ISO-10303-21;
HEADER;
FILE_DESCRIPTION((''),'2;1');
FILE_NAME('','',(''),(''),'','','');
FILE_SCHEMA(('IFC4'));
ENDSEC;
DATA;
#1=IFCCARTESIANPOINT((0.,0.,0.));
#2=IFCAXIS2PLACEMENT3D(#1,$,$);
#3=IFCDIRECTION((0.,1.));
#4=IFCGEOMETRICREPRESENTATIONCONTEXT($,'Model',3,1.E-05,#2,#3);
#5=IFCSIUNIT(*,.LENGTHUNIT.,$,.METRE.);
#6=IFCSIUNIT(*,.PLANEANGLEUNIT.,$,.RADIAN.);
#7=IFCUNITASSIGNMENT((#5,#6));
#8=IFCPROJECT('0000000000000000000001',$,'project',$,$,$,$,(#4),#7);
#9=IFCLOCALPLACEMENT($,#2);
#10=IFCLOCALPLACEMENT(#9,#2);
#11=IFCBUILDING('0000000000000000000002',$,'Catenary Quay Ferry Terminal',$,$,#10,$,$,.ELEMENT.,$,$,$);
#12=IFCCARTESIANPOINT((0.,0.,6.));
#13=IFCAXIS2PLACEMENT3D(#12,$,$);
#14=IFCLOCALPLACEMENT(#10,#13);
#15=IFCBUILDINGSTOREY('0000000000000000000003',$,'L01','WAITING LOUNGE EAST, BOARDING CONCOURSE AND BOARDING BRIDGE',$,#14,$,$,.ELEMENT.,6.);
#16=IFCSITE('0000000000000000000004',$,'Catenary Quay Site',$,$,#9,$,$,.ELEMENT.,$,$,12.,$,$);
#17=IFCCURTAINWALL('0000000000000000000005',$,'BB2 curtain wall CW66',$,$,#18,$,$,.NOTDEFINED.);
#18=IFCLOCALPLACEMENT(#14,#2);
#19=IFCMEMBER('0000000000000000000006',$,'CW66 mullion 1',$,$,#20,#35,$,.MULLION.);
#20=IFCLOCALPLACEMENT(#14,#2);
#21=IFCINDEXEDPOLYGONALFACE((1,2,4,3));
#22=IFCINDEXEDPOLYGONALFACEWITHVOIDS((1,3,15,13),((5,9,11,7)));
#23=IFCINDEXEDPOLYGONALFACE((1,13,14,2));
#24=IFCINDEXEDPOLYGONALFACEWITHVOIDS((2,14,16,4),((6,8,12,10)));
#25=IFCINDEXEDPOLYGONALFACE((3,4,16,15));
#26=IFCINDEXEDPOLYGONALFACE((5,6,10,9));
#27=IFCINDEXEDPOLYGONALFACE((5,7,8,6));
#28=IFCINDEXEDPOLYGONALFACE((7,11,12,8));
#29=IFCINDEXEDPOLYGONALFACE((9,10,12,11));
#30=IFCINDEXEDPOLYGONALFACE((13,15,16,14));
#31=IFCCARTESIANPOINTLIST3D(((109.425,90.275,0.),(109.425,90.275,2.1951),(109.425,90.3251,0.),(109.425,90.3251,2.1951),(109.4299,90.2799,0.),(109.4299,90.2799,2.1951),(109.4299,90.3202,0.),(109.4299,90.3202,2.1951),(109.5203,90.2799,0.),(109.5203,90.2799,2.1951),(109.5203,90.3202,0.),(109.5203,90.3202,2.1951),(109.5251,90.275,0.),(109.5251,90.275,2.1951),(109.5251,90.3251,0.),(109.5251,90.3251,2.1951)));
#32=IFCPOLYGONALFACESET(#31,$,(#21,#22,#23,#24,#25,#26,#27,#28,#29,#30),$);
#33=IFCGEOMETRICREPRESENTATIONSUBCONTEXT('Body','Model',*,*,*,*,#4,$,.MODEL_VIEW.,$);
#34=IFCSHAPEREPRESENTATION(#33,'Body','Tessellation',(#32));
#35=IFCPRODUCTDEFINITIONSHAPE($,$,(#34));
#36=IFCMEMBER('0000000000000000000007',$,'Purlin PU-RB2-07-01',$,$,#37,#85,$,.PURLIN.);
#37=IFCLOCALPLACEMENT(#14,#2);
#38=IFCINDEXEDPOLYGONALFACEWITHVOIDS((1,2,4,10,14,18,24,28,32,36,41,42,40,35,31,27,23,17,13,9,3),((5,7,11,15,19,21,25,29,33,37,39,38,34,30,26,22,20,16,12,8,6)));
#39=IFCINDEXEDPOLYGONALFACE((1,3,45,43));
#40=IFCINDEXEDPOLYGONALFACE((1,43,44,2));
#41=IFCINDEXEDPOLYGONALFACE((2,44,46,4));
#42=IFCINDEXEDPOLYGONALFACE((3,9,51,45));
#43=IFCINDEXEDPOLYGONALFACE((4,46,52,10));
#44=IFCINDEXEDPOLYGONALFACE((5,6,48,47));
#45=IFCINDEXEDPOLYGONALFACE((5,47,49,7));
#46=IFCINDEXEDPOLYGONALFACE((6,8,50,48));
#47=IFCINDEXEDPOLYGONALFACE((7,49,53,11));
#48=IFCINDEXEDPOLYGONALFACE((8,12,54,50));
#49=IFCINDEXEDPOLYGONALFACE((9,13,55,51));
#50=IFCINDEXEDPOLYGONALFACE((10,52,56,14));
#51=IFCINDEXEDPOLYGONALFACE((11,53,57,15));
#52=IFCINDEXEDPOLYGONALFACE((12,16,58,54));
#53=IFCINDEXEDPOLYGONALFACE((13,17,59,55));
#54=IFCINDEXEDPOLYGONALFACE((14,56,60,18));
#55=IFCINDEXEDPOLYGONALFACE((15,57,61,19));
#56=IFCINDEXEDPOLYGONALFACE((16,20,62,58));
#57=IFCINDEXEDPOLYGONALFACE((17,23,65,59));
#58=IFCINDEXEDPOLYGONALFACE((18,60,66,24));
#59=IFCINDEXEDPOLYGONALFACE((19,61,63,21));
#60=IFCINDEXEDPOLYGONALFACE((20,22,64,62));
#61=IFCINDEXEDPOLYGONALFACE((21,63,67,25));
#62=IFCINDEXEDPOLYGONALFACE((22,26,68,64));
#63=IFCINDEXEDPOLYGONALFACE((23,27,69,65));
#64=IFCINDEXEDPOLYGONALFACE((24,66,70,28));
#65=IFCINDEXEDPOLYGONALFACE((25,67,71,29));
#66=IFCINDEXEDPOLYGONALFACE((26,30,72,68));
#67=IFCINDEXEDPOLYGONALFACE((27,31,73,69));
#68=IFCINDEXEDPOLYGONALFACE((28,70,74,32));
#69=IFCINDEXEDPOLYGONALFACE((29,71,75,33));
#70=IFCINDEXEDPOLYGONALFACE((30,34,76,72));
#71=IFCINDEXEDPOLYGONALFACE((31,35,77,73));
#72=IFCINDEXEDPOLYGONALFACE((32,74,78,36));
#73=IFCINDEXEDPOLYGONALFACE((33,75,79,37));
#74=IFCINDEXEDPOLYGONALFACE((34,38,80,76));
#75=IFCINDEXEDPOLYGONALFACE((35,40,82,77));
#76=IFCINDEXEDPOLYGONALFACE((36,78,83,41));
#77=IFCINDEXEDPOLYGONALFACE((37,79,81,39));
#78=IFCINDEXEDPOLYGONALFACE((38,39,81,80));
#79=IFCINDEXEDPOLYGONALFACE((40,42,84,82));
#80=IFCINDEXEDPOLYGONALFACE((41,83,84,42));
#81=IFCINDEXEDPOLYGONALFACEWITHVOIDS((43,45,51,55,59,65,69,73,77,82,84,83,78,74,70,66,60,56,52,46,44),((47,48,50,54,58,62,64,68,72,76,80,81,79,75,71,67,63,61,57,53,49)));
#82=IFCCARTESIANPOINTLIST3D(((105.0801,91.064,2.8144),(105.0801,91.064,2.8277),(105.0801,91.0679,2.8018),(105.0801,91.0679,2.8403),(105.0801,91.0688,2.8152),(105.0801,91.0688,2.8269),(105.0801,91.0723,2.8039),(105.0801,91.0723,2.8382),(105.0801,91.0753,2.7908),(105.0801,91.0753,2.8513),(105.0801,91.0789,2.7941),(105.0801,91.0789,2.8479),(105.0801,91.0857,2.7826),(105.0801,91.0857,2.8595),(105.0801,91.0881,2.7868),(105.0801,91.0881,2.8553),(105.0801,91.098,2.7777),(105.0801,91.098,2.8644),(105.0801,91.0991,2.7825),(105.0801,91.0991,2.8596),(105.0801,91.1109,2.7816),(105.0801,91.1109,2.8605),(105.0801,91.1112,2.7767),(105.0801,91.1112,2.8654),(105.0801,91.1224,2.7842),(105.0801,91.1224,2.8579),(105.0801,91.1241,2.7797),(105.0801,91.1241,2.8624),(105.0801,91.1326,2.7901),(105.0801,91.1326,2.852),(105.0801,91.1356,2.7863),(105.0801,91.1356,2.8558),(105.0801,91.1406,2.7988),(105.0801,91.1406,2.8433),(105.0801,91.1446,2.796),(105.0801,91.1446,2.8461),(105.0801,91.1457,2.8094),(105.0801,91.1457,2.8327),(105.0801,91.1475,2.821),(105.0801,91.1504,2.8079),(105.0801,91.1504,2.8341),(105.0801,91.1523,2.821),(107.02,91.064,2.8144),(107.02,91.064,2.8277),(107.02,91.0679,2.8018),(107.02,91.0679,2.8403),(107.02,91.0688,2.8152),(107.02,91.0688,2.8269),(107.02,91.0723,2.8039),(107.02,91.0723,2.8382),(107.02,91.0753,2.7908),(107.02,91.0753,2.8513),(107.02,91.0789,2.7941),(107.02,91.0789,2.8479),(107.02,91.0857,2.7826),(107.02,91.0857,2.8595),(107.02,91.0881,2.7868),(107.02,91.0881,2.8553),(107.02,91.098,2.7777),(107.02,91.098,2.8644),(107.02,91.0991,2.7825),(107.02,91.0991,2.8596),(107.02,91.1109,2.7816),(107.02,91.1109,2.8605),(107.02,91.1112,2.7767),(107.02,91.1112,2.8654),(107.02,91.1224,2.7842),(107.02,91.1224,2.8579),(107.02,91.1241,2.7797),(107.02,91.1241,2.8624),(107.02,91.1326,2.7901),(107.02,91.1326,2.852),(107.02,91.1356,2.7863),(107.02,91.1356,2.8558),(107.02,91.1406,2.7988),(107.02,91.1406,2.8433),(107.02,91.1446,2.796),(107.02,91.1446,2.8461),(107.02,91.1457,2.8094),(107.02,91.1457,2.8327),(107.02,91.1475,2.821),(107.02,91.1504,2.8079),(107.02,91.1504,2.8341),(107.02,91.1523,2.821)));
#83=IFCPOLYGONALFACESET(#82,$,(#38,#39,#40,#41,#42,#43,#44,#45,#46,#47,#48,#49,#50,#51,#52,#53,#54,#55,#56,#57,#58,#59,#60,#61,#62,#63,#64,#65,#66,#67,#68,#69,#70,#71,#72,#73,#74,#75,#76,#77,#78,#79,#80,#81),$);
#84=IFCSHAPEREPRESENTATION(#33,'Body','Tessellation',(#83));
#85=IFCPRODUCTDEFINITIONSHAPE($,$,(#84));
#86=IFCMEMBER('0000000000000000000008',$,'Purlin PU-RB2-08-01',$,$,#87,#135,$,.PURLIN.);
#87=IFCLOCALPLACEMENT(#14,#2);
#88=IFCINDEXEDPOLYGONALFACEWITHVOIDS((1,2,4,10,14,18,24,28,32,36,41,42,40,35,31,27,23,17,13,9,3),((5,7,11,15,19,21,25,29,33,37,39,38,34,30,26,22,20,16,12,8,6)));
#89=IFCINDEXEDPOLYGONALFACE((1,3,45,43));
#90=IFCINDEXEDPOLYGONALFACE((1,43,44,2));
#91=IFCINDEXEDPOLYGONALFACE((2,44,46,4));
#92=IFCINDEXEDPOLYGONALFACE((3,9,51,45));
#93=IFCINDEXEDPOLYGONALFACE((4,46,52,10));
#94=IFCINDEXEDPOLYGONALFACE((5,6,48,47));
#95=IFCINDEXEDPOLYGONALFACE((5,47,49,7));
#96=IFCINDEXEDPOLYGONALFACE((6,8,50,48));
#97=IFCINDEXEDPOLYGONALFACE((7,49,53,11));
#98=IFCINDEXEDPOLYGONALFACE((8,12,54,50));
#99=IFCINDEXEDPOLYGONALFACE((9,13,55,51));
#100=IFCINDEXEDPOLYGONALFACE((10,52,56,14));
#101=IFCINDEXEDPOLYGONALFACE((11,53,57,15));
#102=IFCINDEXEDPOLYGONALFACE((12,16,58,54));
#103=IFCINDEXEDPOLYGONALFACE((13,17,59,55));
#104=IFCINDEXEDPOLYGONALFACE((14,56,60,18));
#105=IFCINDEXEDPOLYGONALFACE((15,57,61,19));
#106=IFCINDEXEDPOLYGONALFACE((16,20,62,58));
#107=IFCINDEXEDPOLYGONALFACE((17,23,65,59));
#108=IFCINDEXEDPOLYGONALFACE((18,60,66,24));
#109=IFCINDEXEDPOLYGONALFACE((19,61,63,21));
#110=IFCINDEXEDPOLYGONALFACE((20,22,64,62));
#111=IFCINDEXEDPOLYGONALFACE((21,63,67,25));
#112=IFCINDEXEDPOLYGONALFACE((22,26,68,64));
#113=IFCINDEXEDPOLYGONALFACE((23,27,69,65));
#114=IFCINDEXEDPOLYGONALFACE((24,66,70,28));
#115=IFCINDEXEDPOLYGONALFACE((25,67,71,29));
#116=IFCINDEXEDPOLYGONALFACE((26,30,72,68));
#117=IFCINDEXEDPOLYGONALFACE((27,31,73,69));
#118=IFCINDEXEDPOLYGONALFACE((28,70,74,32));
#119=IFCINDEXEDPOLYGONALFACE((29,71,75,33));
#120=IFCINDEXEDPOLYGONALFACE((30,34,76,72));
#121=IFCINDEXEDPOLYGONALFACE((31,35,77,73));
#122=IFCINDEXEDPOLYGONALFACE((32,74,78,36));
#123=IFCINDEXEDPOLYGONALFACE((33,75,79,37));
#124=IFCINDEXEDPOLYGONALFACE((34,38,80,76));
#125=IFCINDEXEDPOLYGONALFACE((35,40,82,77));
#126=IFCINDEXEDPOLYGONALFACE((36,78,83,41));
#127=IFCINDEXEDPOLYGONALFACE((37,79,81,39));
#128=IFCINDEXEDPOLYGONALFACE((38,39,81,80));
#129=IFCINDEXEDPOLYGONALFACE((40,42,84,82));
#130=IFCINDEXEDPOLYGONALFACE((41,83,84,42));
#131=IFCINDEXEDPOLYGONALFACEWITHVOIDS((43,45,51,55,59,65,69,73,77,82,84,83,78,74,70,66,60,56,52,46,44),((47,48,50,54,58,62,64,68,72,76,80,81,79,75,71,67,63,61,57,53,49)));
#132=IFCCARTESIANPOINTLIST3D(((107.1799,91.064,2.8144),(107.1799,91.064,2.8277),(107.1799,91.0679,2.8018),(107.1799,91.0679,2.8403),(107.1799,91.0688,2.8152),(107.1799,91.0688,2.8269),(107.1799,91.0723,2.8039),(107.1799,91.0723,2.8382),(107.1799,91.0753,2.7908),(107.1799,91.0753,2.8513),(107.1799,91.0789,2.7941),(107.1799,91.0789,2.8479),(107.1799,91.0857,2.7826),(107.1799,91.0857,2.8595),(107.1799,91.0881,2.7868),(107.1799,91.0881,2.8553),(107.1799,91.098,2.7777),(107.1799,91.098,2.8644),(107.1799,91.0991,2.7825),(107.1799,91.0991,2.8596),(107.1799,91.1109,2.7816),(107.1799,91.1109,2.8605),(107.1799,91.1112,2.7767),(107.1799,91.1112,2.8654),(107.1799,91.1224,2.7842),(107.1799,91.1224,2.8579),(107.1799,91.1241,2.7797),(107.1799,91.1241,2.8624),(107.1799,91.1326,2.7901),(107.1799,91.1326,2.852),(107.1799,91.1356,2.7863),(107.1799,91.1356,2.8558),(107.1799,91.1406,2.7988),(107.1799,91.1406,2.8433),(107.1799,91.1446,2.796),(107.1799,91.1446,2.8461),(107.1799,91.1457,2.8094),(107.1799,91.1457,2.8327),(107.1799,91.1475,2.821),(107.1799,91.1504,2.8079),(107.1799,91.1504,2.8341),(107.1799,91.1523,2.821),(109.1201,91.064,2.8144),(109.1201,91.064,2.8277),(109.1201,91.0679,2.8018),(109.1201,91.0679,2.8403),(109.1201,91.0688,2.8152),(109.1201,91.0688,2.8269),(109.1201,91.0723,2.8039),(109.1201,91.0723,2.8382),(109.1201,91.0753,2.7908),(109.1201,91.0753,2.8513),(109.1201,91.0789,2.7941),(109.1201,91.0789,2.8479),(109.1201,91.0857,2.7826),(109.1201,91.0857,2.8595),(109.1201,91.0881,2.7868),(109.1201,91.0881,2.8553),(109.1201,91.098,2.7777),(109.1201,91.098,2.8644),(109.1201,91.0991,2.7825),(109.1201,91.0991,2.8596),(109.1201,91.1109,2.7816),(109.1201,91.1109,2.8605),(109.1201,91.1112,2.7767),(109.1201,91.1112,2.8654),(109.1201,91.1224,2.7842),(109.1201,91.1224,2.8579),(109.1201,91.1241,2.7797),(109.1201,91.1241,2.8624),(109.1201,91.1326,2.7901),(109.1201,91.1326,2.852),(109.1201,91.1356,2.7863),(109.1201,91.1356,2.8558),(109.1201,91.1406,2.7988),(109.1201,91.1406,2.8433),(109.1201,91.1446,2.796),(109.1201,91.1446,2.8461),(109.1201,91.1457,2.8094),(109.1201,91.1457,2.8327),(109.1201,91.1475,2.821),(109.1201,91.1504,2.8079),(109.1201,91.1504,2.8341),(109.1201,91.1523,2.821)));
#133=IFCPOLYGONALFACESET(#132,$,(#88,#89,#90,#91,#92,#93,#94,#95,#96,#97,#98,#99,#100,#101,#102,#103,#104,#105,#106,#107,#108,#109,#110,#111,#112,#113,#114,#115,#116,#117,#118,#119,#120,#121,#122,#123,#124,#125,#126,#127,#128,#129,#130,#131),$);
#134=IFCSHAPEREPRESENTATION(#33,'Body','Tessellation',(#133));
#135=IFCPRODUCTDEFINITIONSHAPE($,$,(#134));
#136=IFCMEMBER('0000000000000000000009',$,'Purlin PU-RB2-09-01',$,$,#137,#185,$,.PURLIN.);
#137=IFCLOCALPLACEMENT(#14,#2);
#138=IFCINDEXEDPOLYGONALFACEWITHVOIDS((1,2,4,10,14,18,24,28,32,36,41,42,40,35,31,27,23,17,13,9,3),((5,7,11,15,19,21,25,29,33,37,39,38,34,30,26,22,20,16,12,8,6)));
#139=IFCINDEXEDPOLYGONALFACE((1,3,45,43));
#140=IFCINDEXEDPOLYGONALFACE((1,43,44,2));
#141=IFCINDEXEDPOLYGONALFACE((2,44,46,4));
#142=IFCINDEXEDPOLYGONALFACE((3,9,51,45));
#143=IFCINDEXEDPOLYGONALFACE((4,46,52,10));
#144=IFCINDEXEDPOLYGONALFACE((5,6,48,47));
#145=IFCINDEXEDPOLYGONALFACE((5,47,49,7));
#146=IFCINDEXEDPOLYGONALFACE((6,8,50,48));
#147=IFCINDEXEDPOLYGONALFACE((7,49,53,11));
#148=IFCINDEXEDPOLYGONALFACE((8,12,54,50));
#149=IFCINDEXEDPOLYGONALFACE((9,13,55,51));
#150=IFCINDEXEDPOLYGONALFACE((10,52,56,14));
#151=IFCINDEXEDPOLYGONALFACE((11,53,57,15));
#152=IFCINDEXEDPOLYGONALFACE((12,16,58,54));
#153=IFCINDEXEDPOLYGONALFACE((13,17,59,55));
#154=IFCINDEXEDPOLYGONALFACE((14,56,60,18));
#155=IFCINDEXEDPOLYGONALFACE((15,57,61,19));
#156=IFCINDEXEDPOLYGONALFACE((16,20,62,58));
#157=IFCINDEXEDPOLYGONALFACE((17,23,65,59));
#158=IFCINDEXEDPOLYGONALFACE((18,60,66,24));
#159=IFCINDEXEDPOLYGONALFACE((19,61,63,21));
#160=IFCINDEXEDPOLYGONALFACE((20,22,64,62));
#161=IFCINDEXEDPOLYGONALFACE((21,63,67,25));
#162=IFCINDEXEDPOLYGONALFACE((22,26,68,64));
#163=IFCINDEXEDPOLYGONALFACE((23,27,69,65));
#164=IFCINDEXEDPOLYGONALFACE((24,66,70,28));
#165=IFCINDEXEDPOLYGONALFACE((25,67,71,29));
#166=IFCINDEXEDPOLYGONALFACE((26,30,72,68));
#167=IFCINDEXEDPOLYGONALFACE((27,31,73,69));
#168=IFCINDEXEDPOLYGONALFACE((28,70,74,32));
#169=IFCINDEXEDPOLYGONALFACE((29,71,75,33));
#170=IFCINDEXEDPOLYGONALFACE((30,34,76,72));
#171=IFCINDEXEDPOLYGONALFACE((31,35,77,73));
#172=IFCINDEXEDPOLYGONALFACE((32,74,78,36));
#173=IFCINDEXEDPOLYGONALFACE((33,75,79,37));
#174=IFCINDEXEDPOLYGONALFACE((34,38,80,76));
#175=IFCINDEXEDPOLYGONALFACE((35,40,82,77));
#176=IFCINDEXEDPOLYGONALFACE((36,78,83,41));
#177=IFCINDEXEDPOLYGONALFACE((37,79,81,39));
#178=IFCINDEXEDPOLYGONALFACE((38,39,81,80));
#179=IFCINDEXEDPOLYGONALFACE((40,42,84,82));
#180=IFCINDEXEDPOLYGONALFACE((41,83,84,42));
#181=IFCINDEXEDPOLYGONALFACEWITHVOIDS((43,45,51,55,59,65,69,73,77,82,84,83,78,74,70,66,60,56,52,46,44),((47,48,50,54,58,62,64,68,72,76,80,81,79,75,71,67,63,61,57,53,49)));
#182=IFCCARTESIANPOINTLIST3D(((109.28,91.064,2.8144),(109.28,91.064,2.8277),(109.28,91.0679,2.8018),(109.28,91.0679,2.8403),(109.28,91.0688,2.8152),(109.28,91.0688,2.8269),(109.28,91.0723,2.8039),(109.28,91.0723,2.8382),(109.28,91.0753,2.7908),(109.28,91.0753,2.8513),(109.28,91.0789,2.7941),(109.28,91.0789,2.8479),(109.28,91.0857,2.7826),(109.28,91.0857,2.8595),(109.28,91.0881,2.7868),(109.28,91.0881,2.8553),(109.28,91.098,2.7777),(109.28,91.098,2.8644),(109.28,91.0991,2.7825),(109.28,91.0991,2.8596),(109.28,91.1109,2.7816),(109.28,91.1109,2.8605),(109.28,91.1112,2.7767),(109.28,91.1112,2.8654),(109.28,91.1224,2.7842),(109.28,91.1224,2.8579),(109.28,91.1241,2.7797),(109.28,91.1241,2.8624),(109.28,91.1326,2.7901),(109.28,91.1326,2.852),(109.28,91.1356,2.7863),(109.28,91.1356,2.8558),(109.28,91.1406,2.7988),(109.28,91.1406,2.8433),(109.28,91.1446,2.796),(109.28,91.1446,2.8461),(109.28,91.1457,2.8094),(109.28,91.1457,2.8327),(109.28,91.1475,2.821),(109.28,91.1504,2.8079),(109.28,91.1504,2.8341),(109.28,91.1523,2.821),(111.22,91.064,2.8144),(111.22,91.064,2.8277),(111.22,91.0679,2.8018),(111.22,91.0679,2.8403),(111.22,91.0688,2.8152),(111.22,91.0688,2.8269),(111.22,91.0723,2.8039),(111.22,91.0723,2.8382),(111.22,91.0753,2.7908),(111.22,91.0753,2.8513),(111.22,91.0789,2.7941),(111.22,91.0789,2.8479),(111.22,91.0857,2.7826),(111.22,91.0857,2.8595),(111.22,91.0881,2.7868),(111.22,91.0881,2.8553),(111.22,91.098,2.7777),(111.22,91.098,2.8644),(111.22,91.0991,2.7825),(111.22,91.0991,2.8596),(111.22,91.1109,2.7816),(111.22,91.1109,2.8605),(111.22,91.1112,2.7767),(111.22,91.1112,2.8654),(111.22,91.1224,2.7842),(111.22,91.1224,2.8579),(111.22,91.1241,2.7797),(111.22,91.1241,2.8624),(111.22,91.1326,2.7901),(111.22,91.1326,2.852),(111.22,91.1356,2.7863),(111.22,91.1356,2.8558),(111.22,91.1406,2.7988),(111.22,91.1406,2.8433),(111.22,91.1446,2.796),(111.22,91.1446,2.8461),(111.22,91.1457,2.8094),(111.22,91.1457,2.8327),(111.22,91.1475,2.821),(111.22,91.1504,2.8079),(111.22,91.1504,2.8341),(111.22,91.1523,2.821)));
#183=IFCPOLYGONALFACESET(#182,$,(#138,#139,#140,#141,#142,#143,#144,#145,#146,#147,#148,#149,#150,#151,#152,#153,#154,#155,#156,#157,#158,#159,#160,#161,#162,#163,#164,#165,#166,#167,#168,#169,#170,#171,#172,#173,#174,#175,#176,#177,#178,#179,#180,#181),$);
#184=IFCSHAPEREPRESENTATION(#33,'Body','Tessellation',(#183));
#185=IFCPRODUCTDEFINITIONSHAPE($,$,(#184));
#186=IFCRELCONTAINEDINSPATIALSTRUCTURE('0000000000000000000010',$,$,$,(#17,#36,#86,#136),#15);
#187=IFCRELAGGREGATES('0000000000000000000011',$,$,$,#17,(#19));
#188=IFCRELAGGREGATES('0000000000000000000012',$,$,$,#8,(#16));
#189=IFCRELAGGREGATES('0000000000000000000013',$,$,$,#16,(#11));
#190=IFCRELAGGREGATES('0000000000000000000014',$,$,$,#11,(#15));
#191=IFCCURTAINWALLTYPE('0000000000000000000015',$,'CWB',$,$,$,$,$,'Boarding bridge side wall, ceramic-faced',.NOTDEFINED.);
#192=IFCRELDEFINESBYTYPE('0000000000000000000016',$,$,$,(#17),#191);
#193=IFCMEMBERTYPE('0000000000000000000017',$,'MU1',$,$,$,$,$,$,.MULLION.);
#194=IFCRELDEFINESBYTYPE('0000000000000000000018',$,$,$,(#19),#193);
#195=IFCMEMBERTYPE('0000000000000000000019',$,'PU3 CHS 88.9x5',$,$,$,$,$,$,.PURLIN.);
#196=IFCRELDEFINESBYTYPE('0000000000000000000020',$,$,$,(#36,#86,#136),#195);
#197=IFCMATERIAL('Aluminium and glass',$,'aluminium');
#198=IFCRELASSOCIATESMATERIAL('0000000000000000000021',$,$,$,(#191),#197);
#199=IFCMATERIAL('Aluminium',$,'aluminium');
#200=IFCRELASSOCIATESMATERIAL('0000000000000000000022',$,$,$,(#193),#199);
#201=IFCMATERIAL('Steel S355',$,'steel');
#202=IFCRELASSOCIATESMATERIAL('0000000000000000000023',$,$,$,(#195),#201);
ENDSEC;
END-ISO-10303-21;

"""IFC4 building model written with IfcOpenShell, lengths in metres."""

from ifc_helpers import new_model, si_unit, direction, frame, origin, origin_2d, place, context, subcontext, project, spatial, hollow_rectangle, hollow_circle, extrude, material, material_profile, profile_set, type_object, element, aggregate, save


model = new_model("IFC4")

# Units and contexts
model_context = context("Model", 3, precision=1e-05, world=origin(), true_north=direction((0.0, 1.0)))
body_context = subcontext(model_context, "Body", "Model", "MODEL_VIEW")
ifc_project = project(units=[si_unit("LENGTHUNIT", "METRE"), si_unit("PLANEANGLEUNIT", "RADIAN")], contexts=[model_context])

# Site, building, storey
site_placement = place(None, origin())
site = spatial("IfcSite", under=ifc_project, at=site_placement, Name="Catenary Quay Site", CompositionType="ELEMENT", RefElevation=12.0)
building_placement = place(site_placement, origin())
building = spatial("IfcBuilding", under=site, at=building_placement, Name="Catenary Quay Ferry Terminal", CompositionType="ELEMENT")
storey_placement = place(building_placement, frame((0.0, 0.0, 6.0)))
storey = spatial("IfcBuildingStorey", under=building, at=storey_placement, Name="L01", Description="WAITING LOUNGE EAST, BOARDING CONCOURSE AND BOARDING BRIDGE", CompositionType="ELEMENT", Elevation=6.0)

# Shared definitions
ifc_material_1 = material(Name="Aluminium and glass", Category="aluminium")
curtain_wall_type = type_object("IfcCurtainWallType", Name="CWB", ElementType="Boarding bridge side wall, ceramic-faced", PredefinedType="NOTDEFINED", material=ifc_material_1)
ifc_material_2 = material(Name="Aluminium", Category="aluminium")
ifc_material_profile_1 = material_profile(ifc_material_2, hollow_rectangle(XDim=0.05, YDim=0.1001, WallThickness=0.0049, at=origin_2d()), Name="MU1")
ifc_profile_set_1 = profile_set([ifc_material_profile_1], Name="Aluminium")
member_type_1 = type_object("IfcMemberType", Name="MU1", PredefinedType="MULLION", material=ifc_profile_set_1)

# Curtain wall, member
curtain_wall_1_placement = place(storey_placement, origin())
curtain_wall_1 = element("IfcCurtainWall", 1, at=curtain_wall_1_placement, inside=storey, type_object=curtain_wall_type, Name="BB2 curtain wall CW66", PredefinedType="NOTDEFINED")
member_1_placement = place(storey_placement, frame((109.4751, 90.3, 0.0), z_axis=(0.0, 0.0, 1.0), x_axis=(0.0, 1.0, 0.0)))
member_1 = element("IfcMember", 2, at=member_1_placement, type_object=member_type_1, Name="CW66 mullion 1", PredefinedType="MULLION", context=body_context, shape_type="SweptSolid", body=[
    extrude(hollow_rectangle(XDim=0.05, YDim=0.1001, WallThickness=0.0049, at=origin_2d()), origin(), (0.0, 0.0, 1.0), 2.1951),
])

# Members
ifc_material_3 = material(Name="Steel S355", Category="steel")
ifc_material_profile_2 = material_profile(ifc_material_3, hollow_circle(Radius=0.0444, WallThickness=0.0049, at=origin_2d()), Name="CHS 88.9x5")
ifc_profile_set_2 = profile_set([ifc_material_profile_2], Name="Steel S355")
member_type_2 = type_object("IfcMemberType", Name="PU3 CHS 88.9x5", PredefinedType="PURLIN", material=ifc_profile_set_2)
member_2_placement = place(storey_placement, frame((105.0801, 91.1079, 2.821), z_axis=(1.0, 0.0, 0.0), x_axis=(0.0, 1.0, 0.0)))
element("IfcMember", 3, at=member_2_placement, inside=storey, type_object=member_type_2, Name="Purlin PU-RB2-07-01", PredefinedType="PURLIN", context=body_context, shape_type="SweptSolid", body=[
    extrude(hollow_circle(Radius=0.0444, WallThickness=0.0049, at=origin_2d()), origin(), (0.0, 0.0, 1.0), 1.9399),
])
member_3_placement = place(storey_placement, frame((107.1799, 91.1079, 2.821), z_axis=(1.0, 0.0, 0.0), x_axis=(0.0, 1.0, 0.0)))
element("IfcMember", 4, at=member_3_placement, inside=storey, type_object=member_type_2, Name="Purlin PU-RB2-08-01", PredefinedType="PURLIN", context=body_context, shape_type="SweptSolid", body=[
    extrude(hollow_circle(Radius=0.0444, WallThickness=0.0049, at=origin_2d()), origin(), (0.0, 0.0, 1.0), 1.9402),
])
member_4_placement = place(storey_placement, frame((109.28, 91.1079, 2.821), z_axis=(1.0, 0.0, 0.0), x_axis=(0.0, 1.0, 0.0)))
element("IfcMember", 5, at=member_4_placement, inside=storey, type_object=member_type_2, Name="Purlin PU-RB2-09-01", PredefinedType="PURLIN", context=body_context, shape_type="SweptSolid", body=[
    extrude(hollow_circle(Radius=0.0444, WallThickness=0.0049, at=origin_2d()), origin(), (0.0, 0.0, 1.0), 1.9399),
])

aggregate(curtain_wall_1, [member_1])

save(model, "model.ifc")
